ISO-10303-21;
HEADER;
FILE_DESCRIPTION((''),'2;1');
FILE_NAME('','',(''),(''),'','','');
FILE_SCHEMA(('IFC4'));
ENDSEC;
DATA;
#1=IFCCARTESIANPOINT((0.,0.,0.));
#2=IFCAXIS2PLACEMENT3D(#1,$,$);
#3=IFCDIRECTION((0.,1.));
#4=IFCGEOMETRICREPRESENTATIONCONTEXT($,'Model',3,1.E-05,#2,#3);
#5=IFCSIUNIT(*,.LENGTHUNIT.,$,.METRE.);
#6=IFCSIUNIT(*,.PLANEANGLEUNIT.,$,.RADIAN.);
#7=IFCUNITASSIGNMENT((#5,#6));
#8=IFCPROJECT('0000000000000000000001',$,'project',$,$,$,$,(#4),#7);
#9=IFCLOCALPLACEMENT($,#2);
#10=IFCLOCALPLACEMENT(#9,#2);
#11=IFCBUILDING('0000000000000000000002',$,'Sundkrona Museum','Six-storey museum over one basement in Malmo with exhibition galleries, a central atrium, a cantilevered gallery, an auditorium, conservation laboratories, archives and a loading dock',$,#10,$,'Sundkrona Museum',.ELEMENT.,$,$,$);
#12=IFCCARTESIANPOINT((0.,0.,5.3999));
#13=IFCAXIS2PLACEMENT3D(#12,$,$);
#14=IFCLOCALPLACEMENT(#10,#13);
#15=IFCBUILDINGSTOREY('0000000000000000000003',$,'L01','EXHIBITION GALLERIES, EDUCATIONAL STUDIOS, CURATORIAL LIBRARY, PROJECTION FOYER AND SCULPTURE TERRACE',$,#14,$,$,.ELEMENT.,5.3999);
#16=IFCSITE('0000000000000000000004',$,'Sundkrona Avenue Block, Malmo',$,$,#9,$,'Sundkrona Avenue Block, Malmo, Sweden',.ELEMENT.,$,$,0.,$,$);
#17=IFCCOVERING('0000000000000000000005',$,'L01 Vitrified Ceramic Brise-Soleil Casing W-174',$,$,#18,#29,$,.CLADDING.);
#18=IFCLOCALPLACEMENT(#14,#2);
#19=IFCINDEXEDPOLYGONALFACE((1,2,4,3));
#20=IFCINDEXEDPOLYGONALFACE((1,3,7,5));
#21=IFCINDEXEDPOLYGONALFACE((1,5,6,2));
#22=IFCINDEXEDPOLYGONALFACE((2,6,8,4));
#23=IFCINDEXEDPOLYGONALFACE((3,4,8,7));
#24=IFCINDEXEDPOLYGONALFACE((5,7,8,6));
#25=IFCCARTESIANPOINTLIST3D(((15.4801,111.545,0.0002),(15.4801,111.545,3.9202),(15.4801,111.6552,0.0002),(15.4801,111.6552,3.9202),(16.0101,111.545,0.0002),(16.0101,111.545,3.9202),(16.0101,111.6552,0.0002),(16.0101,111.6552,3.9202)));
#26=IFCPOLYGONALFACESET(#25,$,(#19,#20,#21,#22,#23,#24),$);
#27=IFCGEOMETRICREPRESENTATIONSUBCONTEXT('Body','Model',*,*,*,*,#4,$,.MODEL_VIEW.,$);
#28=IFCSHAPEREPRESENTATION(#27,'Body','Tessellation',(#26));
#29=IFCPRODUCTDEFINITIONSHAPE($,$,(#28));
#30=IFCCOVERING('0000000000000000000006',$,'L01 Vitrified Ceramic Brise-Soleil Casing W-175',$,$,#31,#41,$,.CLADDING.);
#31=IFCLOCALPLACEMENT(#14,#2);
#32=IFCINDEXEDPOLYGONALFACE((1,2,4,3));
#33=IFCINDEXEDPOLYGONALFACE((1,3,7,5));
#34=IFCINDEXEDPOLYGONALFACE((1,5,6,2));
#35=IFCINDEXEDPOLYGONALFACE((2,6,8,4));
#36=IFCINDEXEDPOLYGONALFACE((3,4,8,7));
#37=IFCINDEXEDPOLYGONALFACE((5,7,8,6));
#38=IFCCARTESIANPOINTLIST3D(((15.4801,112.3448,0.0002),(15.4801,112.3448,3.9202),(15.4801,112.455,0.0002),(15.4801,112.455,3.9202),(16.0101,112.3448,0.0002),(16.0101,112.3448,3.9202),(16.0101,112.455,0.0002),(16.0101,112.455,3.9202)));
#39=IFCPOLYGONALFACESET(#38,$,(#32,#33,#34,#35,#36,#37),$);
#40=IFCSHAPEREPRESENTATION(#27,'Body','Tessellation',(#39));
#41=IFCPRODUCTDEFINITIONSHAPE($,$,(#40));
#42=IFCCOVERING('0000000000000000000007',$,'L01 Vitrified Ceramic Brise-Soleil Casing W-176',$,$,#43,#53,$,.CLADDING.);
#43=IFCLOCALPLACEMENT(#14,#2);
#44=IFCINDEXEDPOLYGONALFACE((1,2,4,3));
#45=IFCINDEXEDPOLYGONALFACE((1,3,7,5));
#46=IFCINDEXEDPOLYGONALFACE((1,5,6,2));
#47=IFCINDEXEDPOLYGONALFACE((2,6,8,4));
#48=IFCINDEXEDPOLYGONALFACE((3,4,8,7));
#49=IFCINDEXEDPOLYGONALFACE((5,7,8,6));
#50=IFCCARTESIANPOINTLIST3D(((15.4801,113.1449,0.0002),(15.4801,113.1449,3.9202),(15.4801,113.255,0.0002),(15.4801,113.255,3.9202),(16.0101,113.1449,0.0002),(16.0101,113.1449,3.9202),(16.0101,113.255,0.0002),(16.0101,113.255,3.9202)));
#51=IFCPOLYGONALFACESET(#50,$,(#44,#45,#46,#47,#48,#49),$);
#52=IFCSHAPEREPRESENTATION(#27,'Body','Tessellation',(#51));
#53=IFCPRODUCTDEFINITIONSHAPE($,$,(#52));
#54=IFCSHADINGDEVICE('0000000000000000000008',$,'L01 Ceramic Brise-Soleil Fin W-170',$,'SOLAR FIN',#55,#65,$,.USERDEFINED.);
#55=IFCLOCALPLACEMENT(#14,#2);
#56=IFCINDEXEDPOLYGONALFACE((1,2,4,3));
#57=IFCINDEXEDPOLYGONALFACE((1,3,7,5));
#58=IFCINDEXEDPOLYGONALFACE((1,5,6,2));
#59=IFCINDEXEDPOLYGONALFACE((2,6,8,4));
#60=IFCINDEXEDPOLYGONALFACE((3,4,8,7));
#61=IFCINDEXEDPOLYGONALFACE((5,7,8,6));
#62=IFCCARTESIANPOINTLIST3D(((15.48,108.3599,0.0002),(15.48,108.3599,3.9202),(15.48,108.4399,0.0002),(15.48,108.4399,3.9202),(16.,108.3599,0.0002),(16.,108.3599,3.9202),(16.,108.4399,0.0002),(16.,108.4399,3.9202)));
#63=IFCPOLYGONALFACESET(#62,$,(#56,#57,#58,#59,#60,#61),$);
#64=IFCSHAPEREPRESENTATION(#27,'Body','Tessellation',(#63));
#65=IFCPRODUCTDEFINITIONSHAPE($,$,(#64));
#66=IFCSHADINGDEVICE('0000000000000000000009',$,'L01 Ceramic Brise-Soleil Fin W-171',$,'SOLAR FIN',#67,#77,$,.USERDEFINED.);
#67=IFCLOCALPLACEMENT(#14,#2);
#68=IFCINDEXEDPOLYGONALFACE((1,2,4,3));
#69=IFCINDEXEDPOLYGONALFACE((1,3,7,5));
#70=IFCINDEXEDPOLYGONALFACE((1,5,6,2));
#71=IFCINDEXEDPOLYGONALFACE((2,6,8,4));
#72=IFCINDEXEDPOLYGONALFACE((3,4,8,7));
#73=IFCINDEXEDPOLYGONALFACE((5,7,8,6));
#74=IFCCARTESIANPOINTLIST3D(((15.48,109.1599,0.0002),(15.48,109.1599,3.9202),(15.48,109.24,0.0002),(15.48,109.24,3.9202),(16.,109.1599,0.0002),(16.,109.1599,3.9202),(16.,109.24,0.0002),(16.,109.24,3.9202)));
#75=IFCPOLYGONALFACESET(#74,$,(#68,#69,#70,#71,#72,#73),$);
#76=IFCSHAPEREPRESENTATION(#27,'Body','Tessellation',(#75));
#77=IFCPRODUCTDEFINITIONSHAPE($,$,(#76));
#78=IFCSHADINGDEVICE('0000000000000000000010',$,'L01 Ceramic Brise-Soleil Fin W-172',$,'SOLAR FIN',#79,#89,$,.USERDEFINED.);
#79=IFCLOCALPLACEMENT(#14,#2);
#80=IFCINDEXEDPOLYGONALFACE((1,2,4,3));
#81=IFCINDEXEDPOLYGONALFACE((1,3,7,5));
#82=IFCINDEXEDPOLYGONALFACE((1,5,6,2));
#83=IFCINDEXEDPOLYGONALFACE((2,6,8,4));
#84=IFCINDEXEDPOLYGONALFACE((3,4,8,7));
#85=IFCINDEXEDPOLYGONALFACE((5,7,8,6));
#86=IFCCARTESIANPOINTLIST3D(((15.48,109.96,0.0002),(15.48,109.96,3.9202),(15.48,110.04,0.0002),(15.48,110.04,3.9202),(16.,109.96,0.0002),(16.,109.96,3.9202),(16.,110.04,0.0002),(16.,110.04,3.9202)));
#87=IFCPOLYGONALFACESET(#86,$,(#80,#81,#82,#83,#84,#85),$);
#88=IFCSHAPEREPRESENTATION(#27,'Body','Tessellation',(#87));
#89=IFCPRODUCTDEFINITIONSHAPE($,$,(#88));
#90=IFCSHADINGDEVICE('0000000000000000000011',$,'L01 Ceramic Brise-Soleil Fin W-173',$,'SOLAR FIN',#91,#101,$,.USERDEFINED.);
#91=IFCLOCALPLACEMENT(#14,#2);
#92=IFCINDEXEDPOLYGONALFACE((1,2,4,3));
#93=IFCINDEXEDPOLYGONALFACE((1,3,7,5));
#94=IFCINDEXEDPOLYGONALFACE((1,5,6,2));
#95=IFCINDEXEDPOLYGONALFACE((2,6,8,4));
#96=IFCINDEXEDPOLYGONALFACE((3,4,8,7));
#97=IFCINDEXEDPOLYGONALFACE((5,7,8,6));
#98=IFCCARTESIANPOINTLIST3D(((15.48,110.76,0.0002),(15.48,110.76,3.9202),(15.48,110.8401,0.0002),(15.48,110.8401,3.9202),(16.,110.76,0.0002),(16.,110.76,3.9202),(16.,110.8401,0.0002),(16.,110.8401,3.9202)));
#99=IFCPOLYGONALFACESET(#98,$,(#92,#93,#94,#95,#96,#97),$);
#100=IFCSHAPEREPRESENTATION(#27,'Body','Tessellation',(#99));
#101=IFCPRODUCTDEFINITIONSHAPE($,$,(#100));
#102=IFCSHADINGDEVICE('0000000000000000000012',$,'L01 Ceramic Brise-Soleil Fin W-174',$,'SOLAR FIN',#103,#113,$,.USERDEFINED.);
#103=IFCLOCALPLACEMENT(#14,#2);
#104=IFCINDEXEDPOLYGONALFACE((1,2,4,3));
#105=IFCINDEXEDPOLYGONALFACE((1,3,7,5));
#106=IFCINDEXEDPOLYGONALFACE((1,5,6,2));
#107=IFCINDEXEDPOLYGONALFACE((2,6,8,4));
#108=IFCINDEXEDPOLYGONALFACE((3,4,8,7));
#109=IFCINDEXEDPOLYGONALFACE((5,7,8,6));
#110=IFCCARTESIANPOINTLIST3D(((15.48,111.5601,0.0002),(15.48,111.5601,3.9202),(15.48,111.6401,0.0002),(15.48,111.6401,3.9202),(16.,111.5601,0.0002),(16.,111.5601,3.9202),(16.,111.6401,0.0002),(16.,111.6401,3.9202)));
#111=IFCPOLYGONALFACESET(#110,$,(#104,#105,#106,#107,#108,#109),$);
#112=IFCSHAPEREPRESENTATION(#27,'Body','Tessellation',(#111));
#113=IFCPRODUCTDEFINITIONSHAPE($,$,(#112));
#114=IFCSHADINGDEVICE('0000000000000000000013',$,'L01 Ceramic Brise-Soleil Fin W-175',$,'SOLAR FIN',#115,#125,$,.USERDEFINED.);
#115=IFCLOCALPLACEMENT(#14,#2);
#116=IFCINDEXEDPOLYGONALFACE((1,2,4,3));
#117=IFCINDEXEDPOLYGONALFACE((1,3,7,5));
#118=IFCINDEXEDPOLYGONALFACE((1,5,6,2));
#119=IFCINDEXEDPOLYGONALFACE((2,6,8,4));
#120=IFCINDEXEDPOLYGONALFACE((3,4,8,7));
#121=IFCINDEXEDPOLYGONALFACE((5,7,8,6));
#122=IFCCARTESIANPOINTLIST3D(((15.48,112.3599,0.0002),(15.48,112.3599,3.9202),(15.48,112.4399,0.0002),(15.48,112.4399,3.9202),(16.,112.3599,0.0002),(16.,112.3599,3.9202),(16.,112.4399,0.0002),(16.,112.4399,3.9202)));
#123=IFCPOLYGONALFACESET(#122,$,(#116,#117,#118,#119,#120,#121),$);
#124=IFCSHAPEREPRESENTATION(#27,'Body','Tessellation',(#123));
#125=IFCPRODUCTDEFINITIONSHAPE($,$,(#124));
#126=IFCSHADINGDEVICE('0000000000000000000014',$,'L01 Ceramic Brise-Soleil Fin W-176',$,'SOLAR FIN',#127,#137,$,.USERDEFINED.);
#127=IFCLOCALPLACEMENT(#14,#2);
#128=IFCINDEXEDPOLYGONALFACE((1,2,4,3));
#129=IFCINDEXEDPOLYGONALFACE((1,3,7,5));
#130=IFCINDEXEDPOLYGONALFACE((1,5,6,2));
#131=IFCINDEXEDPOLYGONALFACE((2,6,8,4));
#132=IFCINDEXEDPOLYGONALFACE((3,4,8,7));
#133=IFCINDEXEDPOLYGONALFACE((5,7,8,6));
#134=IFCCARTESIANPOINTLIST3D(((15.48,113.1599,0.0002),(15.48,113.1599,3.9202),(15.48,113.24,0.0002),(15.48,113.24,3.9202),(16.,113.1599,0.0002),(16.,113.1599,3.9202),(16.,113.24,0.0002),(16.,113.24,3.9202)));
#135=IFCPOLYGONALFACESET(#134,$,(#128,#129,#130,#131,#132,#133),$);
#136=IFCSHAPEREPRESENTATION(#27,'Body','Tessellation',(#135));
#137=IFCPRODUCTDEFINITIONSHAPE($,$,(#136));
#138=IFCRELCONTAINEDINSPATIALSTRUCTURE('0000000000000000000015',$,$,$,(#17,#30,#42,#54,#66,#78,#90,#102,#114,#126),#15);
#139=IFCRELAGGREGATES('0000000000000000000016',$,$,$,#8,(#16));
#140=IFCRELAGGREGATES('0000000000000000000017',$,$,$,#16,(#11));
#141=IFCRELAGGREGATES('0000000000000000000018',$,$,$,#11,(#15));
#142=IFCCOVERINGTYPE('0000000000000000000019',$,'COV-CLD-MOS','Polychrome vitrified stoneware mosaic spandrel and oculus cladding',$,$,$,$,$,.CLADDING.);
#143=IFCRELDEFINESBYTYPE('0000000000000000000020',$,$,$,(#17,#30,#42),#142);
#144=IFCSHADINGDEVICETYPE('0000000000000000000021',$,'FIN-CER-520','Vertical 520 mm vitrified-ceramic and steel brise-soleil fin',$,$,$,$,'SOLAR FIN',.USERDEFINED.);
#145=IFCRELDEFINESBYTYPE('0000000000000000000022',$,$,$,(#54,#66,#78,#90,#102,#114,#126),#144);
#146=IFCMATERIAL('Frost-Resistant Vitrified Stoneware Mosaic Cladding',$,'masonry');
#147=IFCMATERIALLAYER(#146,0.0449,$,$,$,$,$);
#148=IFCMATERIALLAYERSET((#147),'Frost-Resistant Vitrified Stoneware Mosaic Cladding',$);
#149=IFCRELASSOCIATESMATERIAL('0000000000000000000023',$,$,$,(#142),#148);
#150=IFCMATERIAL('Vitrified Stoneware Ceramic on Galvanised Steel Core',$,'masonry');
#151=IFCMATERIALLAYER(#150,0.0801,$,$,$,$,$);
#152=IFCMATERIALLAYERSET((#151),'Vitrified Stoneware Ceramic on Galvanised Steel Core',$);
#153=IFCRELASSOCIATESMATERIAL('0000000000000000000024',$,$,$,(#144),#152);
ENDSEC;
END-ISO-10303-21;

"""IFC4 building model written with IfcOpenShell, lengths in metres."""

from ifc_helpers import new_model, si_unit, direction, frame, origin, origin_2d, place, context, subcontext, project, spatial, rectangle, extrude, material, layer, layer_set, type_object, element, save


model = new_model("IFC4")

# Units and contexts
model_context = context("Model", 3, precision=1e-05, world=origin(), true_north=direction((0.0, 1.0)))
body_context = subcontext(model_context, "Body", "Model", "MODEL_VIEW")
ifc_project = project(units=[si_unit("LENGTHUNIT", "METRE"), si_unit("PLANEANGLEUNIT", "RADIAN")], contexts=[model_context])

# Site, building, storey
site_placement = place(None, origin())
site = spatial("IfcSite", under=ifc_project, at=site_placement, Name="Sundkrona Avenue Block, Malmo", LongName="Sundkrona Avenue Block, Malmo, Sweden", CompositionType="ELEMENT", RefElevation=0.0)
building_placement = place(site_placement, origin())
building = spatial("IfcBuilding", under=site, at=building_placement, Name="Sundkrona Museum", Description="Six-storey museum over one basement in Malmo with exhibition galleries, a central atrium, a cantilevered gallery, an auditorium, conservation laboratories, archives and a loading dock", LongName="Sundkrona Museum", CompositionType="ELEMENT")
storey_placement = place(building_placement, frame((0.0, 0.0, 5.3999)))
storey = spatial("IfcBuildingStorey", under=building, at=storey_placement, Name="L01", Description="EXHIBITION GALLERIES, EDUCATIONAL STUDIOS, CURATORIAL LIBRARY, PROJECTION FOYER AND SCULPTURE TERRACE", CompositionType="ELEMENT", Elevation=5.3999)

# Coverings
ifc_material_1 = material(Name="Frost-Resistant Vitrified Stoneware Mosaic Cladding", Category="masonry")
ifc_layer_1 = layer(ifc_material_1, 0.0449)
ifc_layer_set_1 = layer_set([ifc_layer_1], Name="Frost-Resistant Vitrified Stoneware Mosaic Cladding")
covering_type = type_object("IfcCoveringType", Name="COV-CLD-MOS", Description="Polychrome vitrified stoneware mosaic spandrel and oculus cladding", PredefinedType="CLADDING", material=ifc_layer_set_1)
for number, where, z_axis, x_axis, name in (
    (1, (15.7451, 111.6001, 0.0002), (0.0, 0.0, 1.0), (1.0, 0.0, 0.0), "L01 Vitrified Ceramic Brise-Soleil Casing W-174"),
    (2, (15.7451, 112.3999, 0.0002), (0.0, 0.0, 1.0), (1.0, 0.0, 0.0), "L01 Vitrified Ceramic Brise-Soleil Casing W-175"),
    (3, (15.7451, 113.2, 0.0002), (0.0, 0.0, 1.0), (1.0, 0.0, 0.0), "L01 Vitrified Ceramic Brise-Soleil Casing W-176"),
):
    element("IfcCovering", number, at=place(storey_placement, frame(where, z_axis=z_axis, x_axis=x_axis)), inside=storey, type_object=covering_type, Name=name, PredefinedType="CLADDING", context=body_context, shape_type="SweptSolid", body=[
        extrude(rectangle(XDim=0.53, YDim=0.1101, at=origin_2d()), origin(), (0.0, 0.0, 1.0), 3.9199),
    ])

# Shading devices
ifc_material_2 = material(Name="Vitrified Stoneware Ceramic on Galvanised Steel Core", Category="masonry")
ifc_layer_2 = layer(ifc_material_2, 0.0801)
ifc_layer_set_2 = layer_set([ifc_layer_2], Name="Vitrified Stoneware Ceramic on Galvanised Steel Core")
shading_device_type = type_object("IfcShadingDeviceType", Name="FIN-CER-520", Description="Vertical 520 mm vitrified-ceramic and steel brise-soleil fin", ElementType="SOLAR FIN", PredefinedType="USERDEFINED", material=ifc_layer_set_2)
for number, where, z_axis, x_axis, name in (
    (4, (15.74, 108.3999, 0.0002), (0.0, 0.0, 1.0), (1.0, 0.0, 0.0), "L01 Ceramic Brise-Soleil Fin W-170"),
    (5, (15.74, 109.2, 0.0002), (0.0, 0.0, 1.0), (1.0, 0.0, 0.0), "L01 Ceramic Brise-Soleil Fin W-171"),
    (6, (15.74, 110.0, 0.0002), (0.0, 0.0, 1.0), (1.0, 0.0, 0.0), "L01 Ceramic Brise-Soleil Fin W-172"),
    (7, (15.74, 110.8, 0.0002), (0.0, 0.0, 1.0), (1.0, 0.0, 0.0), "L01 Ceramic Brise-Soleil Fin W-173"),
    (8, (15.74, 111.6001, 0.0002), (0.0, 0.0, 1.0), (1.0, 0.0, 0.0), "L01 Ceramic Brise-Soleil Fin W-174"),
    (9, (15.74, 112.3999, 0.0002), (0.0, 0.0, 1.0), (1.0, 0.0, 0.0), "L01 Ceramic Brise-Soleil Fin W-175"),
    (10, (15.74, 113.2, 0.0002), (0.0, 0.0, 1.0), (1.0, 0.0, 0.0), "L01 Ceramic Brise-Soleil Fin W-176"),
):
    element("IfcShadingDevice", number, at=place(storey_placement, frame(where, z_axis=z_axis, x_axis=x_axis)), inside=storey, type_object=shading_device_type, Name=name, ObjectType="SOLAR FIN", PredefinedType="USERDEFINED", context=body_context, shape_type="SweptSolid", body=[
        extrude(rectangle(XDim=0.52, YDim=0.0801, at=origin_2d()), origin(), (0.0, 0.0, 1.0), 3.9199),
    ])

save(model, "model.ifc")
